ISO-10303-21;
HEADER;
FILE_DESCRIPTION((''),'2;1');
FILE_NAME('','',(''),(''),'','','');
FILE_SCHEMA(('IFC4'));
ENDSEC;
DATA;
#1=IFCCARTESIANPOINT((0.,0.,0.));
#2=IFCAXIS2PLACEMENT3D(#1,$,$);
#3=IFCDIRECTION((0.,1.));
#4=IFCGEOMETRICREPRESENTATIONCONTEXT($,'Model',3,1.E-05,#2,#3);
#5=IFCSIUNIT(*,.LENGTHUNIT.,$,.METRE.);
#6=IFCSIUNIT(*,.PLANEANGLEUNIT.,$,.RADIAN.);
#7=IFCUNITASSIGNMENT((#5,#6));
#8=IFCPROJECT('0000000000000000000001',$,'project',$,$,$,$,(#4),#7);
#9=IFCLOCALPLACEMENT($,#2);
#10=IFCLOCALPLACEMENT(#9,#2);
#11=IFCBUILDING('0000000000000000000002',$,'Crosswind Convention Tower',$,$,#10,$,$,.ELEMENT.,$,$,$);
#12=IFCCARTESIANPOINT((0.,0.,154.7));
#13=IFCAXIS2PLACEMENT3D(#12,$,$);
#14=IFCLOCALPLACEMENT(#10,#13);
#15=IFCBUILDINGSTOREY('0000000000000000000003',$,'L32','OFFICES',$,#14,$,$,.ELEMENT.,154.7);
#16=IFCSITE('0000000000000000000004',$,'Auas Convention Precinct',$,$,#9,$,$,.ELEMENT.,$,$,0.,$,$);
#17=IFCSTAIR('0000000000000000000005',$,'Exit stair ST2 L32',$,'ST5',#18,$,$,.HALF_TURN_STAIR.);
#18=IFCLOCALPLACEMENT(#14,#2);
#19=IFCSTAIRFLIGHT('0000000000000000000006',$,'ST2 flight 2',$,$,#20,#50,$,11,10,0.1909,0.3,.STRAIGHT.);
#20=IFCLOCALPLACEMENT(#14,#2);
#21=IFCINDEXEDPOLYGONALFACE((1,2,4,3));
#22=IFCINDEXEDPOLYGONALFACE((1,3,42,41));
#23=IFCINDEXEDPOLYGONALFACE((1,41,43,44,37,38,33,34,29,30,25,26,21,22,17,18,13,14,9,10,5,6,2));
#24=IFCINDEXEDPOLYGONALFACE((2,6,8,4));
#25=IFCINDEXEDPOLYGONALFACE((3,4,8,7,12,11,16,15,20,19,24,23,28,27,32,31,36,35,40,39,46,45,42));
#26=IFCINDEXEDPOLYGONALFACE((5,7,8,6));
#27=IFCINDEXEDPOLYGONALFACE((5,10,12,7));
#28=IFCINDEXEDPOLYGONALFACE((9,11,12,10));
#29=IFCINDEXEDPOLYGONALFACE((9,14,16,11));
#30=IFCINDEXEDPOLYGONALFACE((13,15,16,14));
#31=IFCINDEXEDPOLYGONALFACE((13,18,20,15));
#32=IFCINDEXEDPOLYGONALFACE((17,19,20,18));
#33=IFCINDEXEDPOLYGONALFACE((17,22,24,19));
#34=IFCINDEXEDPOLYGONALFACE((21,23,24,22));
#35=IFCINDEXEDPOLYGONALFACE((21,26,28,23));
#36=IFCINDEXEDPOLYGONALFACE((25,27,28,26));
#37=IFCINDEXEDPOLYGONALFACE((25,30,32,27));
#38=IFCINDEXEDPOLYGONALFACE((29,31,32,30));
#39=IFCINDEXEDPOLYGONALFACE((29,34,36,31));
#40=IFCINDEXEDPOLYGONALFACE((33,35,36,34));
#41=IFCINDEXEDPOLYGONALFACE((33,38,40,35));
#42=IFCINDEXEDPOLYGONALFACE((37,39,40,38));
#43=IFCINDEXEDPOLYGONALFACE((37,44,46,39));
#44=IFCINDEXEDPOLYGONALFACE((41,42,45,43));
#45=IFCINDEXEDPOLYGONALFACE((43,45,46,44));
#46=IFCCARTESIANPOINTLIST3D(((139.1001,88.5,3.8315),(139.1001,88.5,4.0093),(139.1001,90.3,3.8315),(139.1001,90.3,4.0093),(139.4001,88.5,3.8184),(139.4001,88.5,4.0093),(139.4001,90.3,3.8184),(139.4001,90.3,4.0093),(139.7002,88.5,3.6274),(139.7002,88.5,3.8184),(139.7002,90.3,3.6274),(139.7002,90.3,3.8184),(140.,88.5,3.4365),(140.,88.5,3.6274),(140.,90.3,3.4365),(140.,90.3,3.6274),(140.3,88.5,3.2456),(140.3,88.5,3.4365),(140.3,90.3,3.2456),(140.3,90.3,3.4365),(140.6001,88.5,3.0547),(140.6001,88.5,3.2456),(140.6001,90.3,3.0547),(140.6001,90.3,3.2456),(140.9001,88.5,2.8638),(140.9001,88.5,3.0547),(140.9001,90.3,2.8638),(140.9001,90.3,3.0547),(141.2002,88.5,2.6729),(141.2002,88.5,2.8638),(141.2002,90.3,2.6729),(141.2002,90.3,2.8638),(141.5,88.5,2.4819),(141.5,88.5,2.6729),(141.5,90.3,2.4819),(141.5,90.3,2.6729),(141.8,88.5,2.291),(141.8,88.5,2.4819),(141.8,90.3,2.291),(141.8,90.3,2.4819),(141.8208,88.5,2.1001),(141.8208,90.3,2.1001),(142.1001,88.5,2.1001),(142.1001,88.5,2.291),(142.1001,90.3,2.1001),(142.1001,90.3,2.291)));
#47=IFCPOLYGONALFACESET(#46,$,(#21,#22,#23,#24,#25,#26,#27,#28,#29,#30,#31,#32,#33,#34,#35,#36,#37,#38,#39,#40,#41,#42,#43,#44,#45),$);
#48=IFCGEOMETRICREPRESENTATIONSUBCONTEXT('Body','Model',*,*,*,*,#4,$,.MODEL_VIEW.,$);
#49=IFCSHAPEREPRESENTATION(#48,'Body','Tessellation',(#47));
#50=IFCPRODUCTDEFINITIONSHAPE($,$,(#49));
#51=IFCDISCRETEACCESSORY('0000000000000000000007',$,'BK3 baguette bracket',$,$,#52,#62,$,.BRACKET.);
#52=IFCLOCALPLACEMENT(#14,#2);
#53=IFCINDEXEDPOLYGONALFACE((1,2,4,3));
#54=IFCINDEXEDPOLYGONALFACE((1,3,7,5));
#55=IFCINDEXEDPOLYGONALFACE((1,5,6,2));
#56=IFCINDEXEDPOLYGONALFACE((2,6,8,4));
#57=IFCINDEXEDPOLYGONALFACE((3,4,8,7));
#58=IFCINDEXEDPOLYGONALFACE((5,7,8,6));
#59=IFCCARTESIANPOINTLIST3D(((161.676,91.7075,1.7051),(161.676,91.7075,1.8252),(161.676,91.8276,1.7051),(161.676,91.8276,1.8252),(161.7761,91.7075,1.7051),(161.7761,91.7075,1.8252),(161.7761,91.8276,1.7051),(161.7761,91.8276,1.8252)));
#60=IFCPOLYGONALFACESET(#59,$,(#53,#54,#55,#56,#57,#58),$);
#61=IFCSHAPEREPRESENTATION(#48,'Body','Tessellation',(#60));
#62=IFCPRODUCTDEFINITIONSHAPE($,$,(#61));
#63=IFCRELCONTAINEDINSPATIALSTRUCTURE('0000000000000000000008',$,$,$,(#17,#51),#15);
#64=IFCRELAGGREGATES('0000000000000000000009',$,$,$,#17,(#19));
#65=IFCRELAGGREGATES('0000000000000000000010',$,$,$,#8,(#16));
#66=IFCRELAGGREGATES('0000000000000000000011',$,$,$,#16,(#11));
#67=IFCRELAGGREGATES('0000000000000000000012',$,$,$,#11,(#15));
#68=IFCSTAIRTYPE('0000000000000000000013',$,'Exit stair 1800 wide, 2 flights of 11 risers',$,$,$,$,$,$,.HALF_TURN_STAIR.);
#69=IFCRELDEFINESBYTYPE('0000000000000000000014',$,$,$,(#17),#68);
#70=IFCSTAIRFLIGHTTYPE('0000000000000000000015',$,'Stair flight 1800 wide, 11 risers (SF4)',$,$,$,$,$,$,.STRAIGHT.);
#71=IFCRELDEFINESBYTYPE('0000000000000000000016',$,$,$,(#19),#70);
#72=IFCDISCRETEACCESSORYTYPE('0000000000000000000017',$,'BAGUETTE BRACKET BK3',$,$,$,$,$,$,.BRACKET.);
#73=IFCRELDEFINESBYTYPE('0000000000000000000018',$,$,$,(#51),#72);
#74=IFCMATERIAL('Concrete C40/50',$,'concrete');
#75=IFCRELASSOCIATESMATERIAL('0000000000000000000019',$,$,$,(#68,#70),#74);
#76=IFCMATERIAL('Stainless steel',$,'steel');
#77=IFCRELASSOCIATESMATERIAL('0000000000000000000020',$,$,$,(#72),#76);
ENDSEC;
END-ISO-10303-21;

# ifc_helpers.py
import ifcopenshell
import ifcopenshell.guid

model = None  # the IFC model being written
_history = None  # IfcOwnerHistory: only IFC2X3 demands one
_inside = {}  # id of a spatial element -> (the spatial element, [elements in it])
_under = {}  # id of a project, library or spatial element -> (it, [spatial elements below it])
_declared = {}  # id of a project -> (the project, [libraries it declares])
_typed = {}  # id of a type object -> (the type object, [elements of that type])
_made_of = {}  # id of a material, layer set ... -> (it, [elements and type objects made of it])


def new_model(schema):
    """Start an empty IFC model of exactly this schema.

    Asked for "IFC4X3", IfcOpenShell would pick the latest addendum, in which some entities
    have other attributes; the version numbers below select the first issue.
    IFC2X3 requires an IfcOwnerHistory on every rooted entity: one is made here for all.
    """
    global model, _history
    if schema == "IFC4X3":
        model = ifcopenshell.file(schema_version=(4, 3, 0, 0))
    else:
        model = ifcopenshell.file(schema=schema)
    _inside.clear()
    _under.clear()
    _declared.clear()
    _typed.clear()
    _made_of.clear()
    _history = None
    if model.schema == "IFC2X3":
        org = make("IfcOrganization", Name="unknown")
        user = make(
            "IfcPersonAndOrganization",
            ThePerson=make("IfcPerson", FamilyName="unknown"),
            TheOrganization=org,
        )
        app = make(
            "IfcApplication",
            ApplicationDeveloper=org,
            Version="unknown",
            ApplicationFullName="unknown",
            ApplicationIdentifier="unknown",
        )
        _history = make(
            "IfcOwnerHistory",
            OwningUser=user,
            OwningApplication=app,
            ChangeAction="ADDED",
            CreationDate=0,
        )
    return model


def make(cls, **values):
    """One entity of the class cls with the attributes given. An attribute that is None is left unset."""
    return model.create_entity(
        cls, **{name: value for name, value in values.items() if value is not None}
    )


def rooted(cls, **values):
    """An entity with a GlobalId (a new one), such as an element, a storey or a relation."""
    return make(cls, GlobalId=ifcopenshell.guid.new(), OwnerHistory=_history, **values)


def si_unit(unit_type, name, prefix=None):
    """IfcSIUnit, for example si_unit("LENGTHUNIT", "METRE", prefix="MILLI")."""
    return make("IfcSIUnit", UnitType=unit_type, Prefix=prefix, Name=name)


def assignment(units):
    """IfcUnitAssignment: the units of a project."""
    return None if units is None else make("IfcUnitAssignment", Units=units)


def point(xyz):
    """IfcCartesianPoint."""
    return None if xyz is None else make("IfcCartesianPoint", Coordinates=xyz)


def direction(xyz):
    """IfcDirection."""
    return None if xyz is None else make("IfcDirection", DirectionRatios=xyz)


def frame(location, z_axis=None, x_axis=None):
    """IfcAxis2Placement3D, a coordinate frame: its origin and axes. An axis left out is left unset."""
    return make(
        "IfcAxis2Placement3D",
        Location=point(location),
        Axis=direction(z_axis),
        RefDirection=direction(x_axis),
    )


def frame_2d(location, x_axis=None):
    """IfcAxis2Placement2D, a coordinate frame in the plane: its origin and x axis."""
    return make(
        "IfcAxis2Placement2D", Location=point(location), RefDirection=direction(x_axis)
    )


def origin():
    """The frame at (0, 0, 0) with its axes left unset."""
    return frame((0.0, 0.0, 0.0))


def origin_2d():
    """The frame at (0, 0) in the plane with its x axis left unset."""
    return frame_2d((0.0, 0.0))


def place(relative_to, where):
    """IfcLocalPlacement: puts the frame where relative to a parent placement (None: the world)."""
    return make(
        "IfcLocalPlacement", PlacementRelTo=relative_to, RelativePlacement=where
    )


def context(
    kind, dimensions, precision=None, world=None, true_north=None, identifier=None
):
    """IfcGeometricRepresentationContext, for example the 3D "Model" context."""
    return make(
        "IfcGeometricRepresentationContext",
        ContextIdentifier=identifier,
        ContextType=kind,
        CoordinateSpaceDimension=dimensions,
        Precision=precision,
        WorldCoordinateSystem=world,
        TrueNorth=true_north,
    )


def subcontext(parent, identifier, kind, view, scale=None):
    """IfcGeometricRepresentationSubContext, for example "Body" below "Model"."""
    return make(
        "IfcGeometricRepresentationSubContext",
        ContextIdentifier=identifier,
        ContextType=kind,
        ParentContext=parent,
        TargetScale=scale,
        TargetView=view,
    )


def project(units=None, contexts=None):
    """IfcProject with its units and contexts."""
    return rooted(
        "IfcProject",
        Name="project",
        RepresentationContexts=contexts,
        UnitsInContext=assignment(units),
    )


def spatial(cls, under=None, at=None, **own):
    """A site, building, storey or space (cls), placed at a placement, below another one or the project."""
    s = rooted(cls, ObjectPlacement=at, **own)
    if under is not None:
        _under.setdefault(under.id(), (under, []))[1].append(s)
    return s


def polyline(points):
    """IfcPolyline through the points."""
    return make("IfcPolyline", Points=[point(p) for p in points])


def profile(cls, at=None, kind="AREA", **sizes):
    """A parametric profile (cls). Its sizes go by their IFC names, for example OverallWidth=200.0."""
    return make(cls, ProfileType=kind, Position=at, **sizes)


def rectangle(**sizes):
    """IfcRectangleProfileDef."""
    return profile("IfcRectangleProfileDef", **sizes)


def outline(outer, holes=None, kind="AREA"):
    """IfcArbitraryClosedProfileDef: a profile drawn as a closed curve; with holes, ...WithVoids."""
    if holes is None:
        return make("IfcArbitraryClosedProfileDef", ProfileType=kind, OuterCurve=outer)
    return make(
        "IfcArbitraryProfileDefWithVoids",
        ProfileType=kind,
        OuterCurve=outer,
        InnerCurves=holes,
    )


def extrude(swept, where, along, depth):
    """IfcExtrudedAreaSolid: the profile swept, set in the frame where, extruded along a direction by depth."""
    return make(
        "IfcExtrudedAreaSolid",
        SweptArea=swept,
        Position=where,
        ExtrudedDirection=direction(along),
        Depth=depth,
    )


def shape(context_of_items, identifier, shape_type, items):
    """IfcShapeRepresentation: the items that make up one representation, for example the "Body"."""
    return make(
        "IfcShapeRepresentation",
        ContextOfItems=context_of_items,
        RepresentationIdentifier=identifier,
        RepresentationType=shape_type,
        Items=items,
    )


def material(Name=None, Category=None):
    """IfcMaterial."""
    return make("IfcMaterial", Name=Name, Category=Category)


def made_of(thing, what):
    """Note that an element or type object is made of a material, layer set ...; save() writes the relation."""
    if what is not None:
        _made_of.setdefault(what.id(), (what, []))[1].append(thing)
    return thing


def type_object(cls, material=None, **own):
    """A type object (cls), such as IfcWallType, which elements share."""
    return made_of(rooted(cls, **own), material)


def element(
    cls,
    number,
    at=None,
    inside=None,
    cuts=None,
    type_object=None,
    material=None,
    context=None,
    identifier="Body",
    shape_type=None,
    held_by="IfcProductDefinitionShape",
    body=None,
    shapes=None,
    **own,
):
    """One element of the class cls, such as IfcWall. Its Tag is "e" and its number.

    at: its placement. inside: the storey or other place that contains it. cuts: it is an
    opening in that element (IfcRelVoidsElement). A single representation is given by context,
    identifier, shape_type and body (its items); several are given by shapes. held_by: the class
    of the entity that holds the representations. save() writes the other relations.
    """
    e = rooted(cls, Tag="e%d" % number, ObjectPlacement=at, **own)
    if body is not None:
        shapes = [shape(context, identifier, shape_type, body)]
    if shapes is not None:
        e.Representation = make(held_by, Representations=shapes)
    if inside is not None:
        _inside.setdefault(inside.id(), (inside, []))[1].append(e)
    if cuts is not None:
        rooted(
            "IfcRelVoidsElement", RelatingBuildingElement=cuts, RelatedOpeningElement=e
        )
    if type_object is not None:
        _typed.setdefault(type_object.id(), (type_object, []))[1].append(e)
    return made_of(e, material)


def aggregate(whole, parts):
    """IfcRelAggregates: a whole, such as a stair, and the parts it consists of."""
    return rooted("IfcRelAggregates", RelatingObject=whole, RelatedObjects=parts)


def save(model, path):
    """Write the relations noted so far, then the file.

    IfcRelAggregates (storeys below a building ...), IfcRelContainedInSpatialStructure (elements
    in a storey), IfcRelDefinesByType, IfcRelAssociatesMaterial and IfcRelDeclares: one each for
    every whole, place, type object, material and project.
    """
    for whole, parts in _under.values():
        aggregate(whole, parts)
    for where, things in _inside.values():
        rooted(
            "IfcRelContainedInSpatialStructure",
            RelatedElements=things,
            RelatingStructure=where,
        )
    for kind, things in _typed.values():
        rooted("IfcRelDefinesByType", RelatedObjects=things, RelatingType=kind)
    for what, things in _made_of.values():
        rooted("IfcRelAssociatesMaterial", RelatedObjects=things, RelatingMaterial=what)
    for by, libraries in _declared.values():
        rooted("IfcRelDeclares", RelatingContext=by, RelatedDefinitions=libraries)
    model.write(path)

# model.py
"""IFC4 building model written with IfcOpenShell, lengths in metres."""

from ifc_helpers import new_model, si_unit, direction, frame, origin, origin_2d, place, context, subcontext, project, spatial, polyline, rectangle, outline, extrude, material, type_object, element, aggregate, save


model = new_model("IFC4")

# Units and contexts
model_context = context("Model", 3, precision=1e-05, world=origin(), true_north=direction((0.0, 1.0)))
body_context = subcontext(model_context, "Body", "Model", "MODEL_VIEW")
ifc_project = project(units=[si_unit("LENGTHUNIT", "METRE"), si_unit("PLANEANGLEUNIT", "RADIAN")], contexts=[model_context])

# Site, building, storey
site_placement = place(None, origin())
site = spatial("IfcSite", under=ifc_project, at=site_placement, Name="Auas Convention Precinct", CompositionType="ELEMENT", RefElevation=0.0)
building_placement = place(site_placement, origin())
building = spatial("IfcBuilding", under=site, at=building_placement, Name="Crosswind Convention Tower", CompositionType="ELEMENT")
storey_placement = place(building_placement, frame((0.0, 0.0, 154.7)))
storey = spatial("IfcBuildingStorey", under=building, at=storey_placement, Name="L32", Description="OFFICES", CompositionType="ELEMENT", Elevation=154.7)

# Stair, stair flight
ifc_material_1 = material(Name="Concrete C40/50", Category="concrete")
stair_type = type_object("IfcStairType", Name="Exit stair 1800 wide, 2 flights of 11 risers", PredefinedType="HALF_TURN_STAIR", material=ifc_material_1)
stair_placement = place(storey_placement, origin())
stair = element("IfcStair", 1, at=stair_placement, inside=storey, type_object=stair_type, Name="Exit stair ST2 L32", ObjectType="ST5", PredefinedType="HALF_TURN_STAIR")
stair_flight_type = type_object("IfcStairFlightType", Name="Stair flight 1800 wide, 11 risers (SF4)", PredefinedType="STRAIGHT", material=ifc_material_1)
stair_flight_1_placement = place(storey_placement, frame((142.1001, 89.3999, 2.1001), z_axis=(0.0, 0.0, 1.0), x_axis=(-1.0, 0.0, 0.0)))
stair_flight_1 = element("IfcStairFlight", 2, at=stair_flight_1_placement, type_object=stair_flight_type, Name="ST2 flight 2", NumberOfRisers=11, NumberOfTreads=10, PredefinedType="STRAIGHT", RiserHeight=0.1909, TreadLength=0.3, context=body_context, shape_type="SweptSolid", body=[
    extrude(outline(polyline([(0.0, 0.0), (0.0, 0.1909), (0.3, 0.1909), (0.3, 0.3818), (0.6001, 0.3818), (0.6001, 0.5728), (0.8999, 0.5728), (0.8999, 0.7637), (1.2, 0.7637), (1.2, 0.9546), (1.5, 0.9546), (1.5, 1.1455), (1.8, 1.1455), (1.8, 1.3364), (2.1001, 1.3364), (2.1001, 1.5273), (2.3999, 1.5273), (2.3999, 1.7183), (2.7, 1.7183), (2.7, 1.9092), (3.0, 1.9092), (3.0, 2.1001), (3.0, 1.7314), (0.2793, 0.0), (0.0, 0.0)])), frame((0.0, 0.8999, 0.0), z_axis=(0.0, -1.0, 0.0), x_axis=(1.0, 0.0, 0.0)), (0.0, 0.0, 1.0), 1.8),
])
aggregate(stair, [stair_flight_1])

# Shared definitions
ifc_material_2 = material(Name="Stainless steel", Category="steel")

# Discrete accessory
discrete_accessory_type = type_object("IfcDiscreteAccessoryType", Name="BAGUETTE BRACKET BK3", PredefinedType="BRACKET", material=ifc_material_2)
discrete_accessory_placement = place(storey_placement, frame((161.7261, 91.7676, 1.7051), z_axis=(0.0, 0.0, 1.0), x_axis=(0.0, 1.0, 0.0)))
element("IfcDiscreteAccessory", 3, at=discrete_accessory_placement, inside=storey, type_object=discrete_accessory_type, Name="BK3 baguette bracket", PredefinedType="BRACKET", context=body_context, shape_type="SweptSolid", body=[
    extrude(rectangle(XDim=0.1201, YDim=0.1001, at=origin_2d()), origin(), (0.0, 0.0, 1.0), 0.1201),
])

save(model, "model.ifc")
